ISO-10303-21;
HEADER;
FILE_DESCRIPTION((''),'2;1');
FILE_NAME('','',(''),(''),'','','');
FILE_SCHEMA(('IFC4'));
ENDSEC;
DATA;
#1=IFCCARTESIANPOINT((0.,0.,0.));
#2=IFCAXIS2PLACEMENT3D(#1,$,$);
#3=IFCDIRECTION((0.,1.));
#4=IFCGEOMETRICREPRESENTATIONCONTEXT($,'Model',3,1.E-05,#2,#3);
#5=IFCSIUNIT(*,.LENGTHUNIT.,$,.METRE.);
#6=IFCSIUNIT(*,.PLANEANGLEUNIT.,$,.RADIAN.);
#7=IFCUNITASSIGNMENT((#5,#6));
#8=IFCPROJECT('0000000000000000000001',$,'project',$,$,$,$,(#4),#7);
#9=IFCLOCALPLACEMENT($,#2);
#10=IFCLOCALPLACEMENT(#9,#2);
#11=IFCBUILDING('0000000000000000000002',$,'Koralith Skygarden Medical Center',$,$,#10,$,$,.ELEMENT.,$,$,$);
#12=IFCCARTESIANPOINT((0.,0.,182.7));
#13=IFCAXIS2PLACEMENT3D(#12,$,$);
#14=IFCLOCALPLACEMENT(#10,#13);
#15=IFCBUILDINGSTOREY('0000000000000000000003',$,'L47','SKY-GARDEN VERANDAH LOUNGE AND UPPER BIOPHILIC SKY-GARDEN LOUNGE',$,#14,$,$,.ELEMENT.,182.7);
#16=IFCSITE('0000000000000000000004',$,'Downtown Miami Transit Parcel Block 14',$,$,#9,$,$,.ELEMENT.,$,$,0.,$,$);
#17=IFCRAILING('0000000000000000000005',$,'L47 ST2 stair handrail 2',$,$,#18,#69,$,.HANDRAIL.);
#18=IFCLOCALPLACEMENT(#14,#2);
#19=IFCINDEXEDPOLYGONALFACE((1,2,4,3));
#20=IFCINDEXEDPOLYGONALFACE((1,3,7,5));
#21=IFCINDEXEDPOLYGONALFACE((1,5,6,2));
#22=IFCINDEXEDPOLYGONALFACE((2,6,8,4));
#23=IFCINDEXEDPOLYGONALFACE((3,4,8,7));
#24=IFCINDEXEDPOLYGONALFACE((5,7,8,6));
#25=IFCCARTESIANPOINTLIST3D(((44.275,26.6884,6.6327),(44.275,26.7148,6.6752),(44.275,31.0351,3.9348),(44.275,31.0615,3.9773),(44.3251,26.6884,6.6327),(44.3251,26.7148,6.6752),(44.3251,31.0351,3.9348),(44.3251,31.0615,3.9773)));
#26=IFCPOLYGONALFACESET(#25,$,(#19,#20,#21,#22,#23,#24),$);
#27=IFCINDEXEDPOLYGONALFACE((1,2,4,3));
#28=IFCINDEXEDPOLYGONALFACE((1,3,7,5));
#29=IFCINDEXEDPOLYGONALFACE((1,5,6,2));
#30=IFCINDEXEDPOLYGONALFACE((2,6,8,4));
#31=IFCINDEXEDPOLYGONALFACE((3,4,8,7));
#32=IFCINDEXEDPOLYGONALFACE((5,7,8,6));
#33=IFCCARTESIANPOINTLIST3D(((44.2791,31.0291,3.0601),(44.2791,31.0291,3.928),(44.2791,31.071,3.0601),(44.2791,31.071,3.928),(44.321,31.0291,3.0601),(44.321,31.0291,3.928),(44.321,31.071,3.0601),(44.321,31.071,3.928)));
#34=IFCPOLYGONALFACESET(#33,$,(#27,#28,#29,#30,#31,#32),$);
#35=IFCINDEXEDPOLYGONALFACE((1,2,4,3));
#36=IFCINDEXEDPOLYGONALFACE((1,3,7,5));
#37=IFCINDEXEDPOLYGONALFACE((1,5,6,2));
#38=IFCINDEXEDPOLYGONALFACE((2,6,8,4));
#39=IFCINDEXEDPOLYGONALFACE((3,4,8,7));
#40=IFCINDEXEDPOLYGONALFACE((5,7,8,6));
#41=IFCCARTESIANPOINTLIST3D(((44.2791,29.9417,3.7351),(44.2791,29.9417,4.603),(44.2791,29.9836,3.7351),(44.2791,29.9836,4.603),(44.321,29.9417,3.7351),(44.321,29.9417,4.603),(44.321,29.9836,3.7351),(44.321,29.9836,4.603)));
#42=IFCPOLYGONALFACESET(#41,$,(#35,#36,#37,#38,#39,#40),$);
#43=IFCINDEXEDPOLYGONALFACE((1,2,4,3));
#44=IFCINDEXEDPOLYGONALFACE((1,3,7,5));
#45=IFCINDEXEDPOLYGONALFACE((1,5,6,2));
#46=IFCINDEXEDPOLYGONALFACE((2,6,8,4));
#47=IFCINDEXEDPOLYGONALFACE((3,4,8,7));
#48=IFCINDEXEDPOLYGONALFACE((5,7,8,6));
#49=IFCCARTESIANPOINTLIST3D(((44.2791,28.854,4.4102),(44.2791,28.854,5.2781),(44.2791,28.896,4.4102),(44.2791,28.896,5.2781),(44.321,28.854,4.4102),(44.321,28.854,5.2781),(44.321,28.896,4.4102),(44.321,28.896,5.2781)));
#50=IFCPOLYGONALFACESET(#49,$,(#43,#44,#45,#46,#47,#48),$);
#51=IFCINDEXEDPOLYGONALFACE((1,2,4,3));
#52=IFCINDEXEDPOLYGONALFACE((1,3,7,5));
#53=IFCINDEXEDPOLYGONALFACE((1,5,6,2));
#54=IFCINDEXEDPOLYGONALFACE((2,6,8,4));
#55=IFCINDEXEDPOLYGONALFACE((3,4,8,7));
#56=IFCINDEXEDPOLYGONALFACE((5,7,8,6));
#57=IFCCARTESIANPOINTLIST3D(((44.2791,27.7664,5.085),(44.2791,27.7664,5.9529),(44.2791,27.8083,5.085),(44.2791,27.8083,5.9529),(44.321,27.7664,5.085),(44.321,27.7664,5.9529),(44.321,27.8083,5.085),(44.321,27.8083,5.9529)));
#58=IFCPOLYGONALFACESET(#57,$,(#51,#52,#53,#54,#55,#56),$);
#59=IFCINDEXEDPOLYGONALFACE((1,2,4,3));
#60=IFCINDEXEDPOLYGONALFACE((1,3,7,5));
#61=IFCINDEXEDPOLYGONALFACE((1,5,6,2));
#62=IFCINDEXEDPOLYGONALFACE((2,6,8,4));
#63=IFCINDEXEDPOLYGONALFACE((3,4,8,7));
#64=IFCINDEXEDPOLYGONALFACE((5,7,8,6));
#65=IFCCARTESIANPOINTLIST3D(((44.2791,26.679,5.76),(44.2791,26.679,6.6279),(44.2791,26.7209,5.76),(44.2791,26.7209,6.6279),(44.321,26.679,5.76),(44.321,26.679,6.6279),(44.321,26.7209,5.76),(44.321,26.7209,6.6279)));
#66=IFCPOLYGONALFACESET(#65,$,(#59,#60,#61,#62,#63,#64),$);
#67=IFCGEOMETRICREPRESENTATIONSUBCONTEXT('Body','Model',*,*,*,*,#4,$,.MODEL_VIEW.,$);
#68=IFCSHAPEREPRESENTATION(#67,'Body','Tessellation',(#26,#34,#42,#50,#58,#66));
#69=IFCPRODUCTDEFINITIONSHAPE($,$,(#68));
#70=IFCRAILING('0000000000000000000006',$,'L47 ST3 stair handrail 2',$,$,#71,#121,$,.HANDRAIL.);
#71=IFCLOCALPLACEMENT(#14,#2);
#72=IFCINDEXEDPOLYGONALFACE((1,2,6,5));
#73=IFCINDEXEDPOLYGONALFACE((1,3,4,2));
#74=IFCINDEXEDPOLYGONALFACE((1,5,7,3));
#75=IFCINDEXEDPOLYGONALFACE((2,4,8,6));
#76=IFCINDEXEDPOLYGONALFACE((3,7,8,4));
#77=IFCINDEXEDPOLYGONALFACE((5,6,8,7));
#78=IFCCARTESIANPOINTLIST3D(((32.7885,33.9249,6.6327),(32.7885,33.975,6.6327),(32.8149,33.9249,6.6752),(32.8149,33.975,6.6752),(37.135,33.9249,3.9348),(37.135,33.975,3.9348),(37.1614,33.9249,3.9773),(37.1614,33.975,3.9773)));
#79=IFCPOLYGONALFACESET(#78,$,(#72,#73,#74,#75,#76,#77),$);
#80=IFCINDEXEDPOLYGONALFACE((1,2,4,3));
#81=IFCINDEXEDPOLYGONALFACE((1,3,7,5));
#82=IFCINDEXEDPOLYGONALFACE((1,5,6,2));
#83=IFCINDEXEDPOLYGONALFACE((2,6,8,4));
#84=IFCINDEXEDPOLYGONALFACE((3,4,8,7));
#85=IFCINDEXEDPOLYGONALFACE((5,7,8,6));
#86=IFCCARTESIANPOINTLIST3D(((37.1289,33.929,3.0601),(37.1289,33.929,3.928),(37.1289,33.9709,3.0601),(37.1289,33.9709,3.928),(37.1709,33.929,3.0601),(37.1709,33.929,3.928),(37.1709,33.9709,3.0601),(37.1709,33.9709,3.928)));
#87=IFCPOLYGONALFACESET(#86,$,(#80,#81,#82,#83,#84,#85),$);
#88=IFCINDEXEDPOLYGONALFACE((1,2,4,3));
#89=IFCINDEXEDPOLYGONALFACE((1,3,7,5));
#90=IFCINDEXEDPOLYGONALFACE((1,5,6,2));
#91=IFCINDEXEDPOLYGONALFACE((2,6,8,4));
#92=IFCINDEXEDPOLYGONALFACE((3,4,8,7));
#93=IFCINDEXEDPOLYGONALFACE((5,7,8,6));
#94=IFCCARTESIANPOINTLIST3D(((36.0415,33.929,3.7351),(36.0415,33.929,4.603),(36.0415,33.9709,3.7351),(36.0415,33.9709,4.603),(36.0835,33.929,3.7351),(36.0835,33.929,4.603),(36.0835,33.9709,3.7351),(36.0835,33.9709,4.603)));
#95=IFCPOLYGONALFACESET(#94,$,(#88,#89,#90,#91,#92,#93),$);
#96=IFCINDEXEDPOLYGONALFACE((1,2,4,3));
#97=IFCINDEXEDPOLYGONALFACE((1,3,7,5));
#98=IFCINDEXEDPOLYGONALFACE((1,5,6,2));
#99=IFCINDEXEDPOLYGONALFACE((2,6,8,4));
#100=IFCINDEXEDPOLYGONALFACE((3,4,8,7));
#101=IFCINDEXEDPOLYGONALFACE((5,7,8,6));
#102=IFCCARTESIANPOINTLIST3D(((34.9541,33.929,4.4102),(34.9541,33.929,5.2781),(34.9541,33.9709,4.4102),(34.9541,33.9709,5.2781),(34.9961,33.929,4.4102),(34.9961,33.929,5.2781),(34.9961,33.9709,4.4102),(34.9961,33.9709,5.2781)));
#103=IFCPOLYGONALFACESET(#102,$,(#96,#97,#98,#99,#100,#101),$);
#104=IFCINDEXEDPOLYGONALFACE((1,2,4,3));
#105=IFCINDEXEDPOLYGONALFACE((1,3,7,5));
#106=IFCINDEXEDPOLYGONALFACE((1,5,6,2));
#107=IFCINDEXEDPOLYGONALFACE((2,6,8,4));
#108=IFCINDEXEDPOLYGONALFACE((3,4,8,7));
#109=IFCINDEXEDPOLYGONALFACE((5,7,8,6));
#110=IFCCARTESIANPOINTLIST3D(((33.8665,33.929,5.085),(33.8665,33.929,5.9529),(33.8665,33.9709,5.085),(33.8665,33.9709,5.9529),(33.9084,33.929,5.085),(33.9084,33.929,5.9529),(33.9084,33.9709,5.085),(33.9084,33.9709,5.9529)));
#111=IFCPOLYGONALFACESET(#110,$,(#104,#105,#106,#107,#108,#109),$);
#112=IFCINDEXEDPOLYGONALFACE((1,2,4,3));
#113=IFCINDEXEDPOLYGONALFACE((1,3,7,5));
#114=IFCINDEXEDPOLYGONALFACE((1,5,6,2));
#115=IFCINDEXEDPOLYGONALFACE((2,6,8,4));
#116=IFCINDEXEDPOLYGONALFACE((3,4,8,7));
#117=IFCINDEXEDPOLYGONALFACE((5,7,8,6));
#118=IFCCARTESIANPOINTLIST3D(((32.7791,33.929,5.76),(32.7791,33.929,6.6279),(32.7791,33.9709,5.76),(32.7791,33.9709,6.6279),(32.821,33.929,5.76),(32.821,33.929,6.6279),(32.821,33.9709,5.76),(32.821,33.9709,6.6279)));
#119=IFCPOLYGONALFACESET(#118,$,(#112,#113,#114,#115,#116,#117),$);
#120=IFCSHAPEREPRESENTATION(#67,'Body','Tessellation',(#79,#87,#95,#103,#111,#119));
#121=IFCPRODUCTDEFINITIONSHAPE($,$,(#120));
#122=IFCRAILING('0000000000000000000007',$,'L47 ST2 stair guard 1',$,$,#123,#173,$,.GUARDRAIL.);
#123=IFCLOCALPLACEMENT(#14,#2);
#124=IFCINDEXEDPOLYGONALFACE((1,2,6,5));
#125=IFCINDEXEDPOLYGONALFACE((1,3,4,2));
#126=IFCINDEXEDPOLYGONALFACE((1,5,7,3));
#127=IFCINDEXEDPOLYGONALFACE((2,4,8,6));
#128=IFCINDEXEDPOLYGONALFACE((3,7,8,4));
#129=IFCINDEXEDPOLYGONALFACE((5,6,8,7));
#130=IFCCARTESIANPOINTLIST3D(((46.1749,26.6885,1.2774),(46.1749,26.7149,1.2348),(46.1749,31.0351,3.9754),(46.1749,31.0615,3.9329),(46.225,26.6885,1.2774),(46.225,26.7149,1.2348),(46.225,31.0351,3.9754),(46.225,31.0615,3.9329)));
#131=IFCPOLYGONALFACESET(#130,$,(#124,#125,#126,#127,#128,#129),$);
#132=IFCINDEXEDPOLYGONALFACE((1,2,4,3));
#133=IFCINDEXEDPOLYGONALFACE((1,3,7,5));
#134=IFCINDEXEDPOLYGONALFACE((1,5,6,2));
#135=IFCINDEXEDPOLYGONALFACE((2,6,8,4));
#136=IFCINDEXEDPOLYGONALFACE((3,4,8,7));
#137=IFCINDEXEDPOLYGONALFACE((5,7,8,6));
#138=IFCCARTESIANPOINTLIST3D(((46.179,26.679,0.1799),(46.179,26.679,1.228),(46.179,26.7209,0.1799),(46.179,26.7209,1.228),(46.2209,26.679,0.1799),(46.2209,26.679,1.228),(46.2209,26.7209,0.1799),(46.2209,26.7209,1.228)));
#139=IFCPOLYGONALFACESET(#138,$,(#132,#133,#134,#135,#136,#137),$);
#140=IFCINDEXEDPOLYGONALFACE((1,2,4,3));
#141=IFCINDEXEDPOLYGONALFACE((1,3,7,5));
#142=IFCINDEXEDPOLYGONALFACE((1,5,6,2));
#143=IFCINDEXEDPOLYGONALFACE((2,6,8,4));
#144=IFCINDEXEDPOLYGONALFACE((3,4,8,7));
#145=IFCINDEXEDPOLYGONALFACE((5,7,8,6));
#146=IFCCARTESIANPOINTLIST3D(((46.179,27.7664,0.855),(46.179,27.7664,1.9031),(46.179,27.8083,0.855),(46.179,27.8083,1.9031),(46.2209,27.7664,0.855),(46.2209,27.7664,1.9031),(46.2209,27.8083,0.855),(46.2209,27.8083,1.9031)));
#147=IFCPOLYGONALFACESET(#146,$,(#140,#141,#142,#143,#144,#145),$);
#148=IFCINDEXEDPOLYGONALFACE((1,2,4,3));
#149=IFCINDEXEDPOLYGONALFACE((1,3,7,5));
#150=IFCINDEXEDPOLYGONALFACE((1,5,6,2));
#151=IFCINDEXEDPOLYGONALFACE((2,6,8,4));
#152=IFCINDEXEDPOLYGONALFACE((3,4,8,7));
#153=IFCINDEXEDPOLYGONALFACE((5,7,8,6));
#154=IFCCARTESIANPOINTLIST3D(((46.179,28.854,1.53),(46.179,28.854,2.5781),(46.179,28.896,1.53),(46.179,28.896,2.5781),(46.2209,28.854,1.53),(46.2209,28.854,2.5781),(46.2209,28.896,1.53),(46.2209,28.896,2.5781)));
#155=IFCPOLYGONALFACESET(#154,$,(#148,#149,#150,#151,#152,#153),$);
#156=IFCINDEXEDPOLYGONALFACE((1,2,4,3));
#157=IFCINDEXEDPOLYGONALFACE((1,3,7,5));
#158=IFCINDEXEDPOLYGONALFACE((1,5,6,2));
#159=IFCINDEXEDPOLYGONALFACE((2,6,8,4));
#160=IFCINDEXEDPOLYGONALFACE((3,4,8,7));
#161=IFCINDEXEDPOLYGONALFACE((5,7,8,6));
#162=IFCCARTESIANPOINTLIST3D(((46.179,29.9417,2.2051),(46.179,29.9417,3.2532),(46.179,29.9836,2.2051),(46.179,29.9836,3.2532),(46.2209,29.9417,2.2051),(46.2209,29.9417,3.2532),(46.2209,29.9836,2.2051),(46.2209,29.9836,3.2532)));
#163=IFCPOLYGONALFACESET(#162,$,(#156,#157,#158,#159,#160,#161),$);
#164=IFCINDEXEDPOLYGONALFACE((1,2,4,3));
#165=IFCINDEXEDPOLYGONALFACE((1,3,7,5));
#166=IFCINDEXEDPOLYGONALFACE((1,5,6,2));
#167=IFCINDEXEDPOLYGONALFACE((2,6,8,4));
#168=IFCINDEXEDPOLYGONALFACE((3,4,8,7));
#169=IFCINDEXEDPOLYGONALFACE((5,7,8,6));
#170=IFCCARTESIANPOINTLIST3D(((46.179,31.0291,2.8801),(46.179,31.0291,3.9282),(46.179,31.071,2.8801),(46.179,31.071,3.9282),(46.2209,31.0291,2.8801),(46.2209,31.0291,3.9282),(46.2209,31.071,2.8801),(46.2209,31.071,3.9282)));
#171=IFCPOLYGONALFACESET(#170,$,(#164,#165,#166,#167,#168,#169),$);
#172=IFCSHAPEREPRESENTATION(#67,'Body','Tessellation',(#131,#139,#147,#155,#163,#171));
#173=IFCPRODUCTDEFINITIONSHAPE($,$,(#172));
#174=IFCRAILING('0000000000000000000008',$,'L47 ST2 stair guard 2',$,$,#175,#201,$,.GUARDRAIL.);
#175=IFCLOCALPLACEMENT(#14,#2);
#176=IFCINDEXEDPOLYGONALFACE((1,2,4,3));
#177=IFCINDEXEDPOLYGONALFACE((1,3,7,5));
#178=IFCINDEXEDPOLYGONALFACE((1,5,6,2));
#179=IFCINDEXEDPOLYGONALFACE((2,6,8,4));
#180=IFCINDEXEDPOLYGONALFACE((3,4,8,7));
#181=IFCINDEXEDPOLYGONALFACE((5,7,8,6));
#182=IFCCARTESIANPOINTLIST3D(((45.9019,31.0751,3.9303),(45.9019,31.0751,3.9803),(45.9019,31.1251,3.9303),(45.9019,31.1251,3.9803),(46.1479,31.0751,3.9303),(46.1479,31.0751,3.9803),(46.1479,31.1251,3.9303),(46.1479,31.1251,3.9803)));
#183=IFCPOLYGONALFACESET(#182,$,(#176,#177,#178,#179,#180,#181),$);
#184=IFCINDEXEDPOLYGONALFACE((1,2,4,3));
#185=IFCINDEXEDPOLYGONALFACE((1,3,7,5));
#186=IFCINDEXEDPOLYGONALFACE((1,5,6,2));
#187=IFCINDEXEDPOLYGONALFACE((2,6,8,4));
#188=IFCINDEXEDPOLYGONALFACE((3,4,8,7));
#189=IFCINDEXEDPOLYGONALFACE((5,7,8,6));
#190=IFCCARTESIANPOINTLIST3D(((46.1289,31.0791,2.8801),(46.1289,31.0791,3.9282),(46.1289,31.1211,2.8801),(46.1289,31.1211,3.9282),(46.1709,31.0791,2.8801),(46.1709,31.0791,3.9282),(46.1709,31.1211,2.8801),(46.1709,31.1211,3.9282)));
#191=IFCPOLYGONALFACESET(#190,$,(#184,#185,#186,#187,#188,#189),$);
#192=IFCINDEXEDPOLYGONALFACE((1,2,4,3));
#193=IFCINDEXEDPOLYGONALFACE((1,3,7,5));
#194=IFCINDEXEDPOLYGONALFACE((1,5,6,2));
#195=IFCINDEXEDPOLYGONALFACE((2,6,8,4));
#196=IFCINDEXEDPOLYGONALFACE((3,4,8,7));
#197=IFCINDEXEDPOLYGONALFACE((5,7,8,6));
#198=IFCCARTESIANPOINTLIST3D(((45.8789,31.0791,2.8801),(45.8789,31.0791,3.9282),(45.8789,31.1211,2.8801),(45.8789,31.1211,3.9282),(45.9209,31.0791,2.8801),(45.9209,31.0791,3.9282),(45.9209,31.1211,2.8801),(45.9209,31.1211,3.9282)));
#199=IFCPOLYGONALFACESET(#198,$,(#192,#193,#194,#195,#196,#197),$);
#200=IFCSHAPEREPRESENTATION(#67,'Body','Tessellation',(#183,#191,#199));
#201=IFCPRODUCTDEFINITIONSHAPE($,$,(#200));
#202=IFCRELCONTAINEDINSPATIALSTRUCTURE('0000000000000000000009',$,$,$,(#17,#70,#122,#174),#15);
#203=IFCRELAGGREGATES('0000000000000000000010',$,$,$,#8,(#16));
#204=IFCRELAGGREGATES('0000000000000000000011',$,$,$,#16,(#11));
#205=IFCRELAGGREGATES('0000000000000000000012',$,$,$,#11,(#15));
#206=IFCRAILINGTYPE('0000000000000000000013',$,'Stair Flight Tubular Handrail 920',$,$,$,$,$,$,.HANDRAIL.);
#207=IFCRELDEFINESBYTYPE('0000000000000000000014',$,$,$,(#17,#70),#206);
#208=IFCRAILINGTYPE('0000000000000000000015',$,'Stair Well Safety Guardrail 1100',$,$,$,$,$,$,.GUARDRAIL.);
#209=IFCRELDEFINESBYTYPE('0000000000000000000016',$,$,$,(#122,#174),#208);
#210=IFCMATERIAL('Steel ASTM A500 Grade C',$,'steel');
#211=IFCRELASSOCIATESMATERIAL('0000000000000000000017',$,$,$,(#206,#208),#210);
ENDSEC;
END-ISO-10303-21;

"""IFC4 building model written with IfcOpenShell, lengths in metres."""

from ifc_helpers import new_model, si_unit, direction, frame, origin, origin_2d, place, context, subcontext, project, spatial, rectangle, extrude, material, type_object, element, save


model = new_model("IFC4")

# Units and contexts
model_context = context("Model", 3, precision=1e-05, world=origin(), true_north=direction((0.0, 1.0)))
body_context = subcontext(model_context, "Body", "Model", "MODEL_VIEW")
ifc_project = project(units=[si_unit("LENGTHUNIT", "METRE"), si_unit("PLANEANGLEUNIT", "RADIAN")], contexts=[model_context])

# Site, building, storey
site_placement = place(None, origin())
site = spatial("IfcSite", under=ifc_project, at=site_placement, Name="Downtown Miami Transit Parcel Block 14", CompositionType="ELEMENT", RefElevation=0.0)
building_placement = place(site_placement, origin())
building = spatial("IfcBuilding", under=site, at=building_placement, Name="Koralith Skygarden Medical Center", CompositionType="ELEMENT")
storey_placement = place(building_placement, frame((0.0, 0.0, 182.7)))
storey = spatial("IfcBuildingStorey", under=building, at=storey_placement, Name="L47", Description="SKY-GARDEN VERANDAH LOUNGE AND UPPER BIOPHILIC SKY-GARDEN LOUNGE", CompositionType="ELEMENT", Elevation=182.7)

# Railings
ifc_material_1 = material(Name="Steel ASTM A500 Grade C", Category="steel")
railing_type_1 = type_object("IfcRailingType", Name="Stair Flight Tubular Handrail 920", PredefinedType="HANDRAIL", material=ifc_material_1)
railing_1_placement = place(storey_placement, frame((44.3, 31.05, 3.0601)))
element("IfcRailing", 1, at=railing_1_placement, inside=storey, type_object=railing_type_1, Name="L47 ST2 stair handrail 2", PredefinedType="HANDRAIL", context=body_context, shape_type="SweptSolid", body=[
    extrude(rectangle(XDim=0.05, YDim=0.05, at=origin_2d()), frame((0.0, -0.0017, 0.896), z_axis=(0.0, -0.84965, 0.527347), x_axis=(1.0, 0.0, 0.0)), (0.0, 0.0, 1.0), 5.116),
    extrude(rectangle(XDim=0.042, YDim=0.042, at=origin_2d()), origin(), (0.0, 0.0, 1.0), 0.8679),
    extrude(rectangle(XDim=0.042, YDim=0.042, at=origin_2d()), frame((0.0, -1.0874, 0.675)), (0.0, 0.0, 1.0), 0.8679),
    extrude(rectangle(XDim=0.042, YDim=0.042, at=origin_2d()), frame((0.0, -2.175, 1.3501)), (0.0, 0.0, 1.0), 0.8679),
    extrude(rectangle(XDim=0.042, YDim=0.042, at=origin_2d()), frame((0.0, -3.2627, 2.0249)), (0.0, 0.0, 1.0), 0.8679),
    extrude(rectangle(XDim=0.042, YDim=0.042, at=origin_2d()), frame((0.0, -4.3501, 2.7)), (0.0, 0.0, 1.0), 0.8679),
])
railing_2_placement = place(storey_placement, frame((37.1499, 33.95, 3.0601)))
element("IfcRailing", 2, at=railing_2_placement, inside=storey, type_object=railing_type_1, Name="L47 ST3 stair handrail 2", PredefinedType="HANDRAIL", context=body_context, shape_type="SweptSolid", body=[
    extrude(rectangle(XDim=0.05, YDim=0.05, at=origin_2d()), frame((-0.0017, 0.0, 0.896), z_axis=(-0.849636, 0.0, 0.527369), x_axis=(0.0, -1.0, 0.0)), (0.0, 0.0, 1.0), 5.1157),
    extrude(rectangle(XDim=0.042, YDim=0.042, at=origin_2d()), origin(), (0.0, 0.0, 1.0), 0.8679),
    extrude(rectangle(XDim=0.042, YDim=0.042, at=origin_2d()), frame((-1.0874, 0.0, 0.675)), (0.0, 0.0, 1.0), 0.8679),
    extrude(rectangle(XDim=0.042, YDim=0.042, at=origin_2d()), frame((-2.1748, 0.0, 1.3501)), (0.0, 0.0, 1.0), 0.8679),
    extrude(rectangle(XDim=0.042, YDim=0.042, at=origin_2d()), frame((-3.2625, 0.0, 2.0249)), (0.0, 0.0, 1.0), 0.8679),
    extrude(rectangle(XDim=0.042, YDim=0.042, at=origin_2d()), frame((-4.3499, 0.0, 2.7)), (0.0, 0.0, 1.0), 0.8679),
])
railing_type_2 = type_object("IfcRailingType", Name="Stair Well Safety Guardrail 1100", PredefinedType="GUARDRAIL", material=ifc_material_1)
railing_3_placement = place(storey_placement, frame((46.2, 26.7, 0.1799)))
element("IfcRailing", 3, at=railing_3_placement, inside=storey, type_object=railing_type_2, Name="L47 ST2 stair guard 1", PredefinedType="GUARDRAIL", context=body_context, shape_type="SweptSolid", body=[
    extrude(rectangle(XDim=0.05, YDim=0.05, at=origin_2d()), frame((0.0, 0.0017, 1.0762), z_axis=(0.0, 0.849628, 0.527382), x_axis=(-1.0, 0.0, 0.0)), (0.0, 0.0, 1.0), 5.116),
    extrude(rectangle(XDim=0.042, YDim=0.042, at=origin_2d()), origin(), (0.0, 0.0, 1.0), 1.0481),
    extrude(rectangle(XDim=0.042, YDim=0.042, at=origin_2d()), frame((0.0, 1.0874, 0.675)), (0.0, 0.0, 1.0), 1.0481),
    extrude(rectangle(XDim=0.042, YDim=0.042, at=origin_2d()), frame((0.0, 2.175, 1.3501)), (0.0, 0.0, 1.0), 1.0481),
    extrude(rectangle(XDim=0.042, YDim=0.042, at=origin_2d()), frame((0.0, 3.2627, 2.0251)), (0.0, 0.0, 1.0), 1.0481),
    extrude(rectangle(XDim=0.042, YDim=0.042, at=origin_2d()), frame((0.0, 4.3501, 2.7002)), (0.0, 0.0, 1.0), 1.0481),
])
railing_4_placement = place(storey_placement, frame((46.1499, 31.1001, 2.8801)))
element("IfcRailing", 4, at=railing_4_placement, inside=storey, type_object=railing_type_2, Name="L47 ST2 stair guard 2", PredefinedType="GUARDRAIL", context=body_context, shape_type="SweptSolid", body=[
    extrude(rectangle(XDim=0.05, YDim=0.05, at=origin_2d()), frame((-0.002, 0.0, 1.0752), z_axis=(-1.0, 0.0, 0.0), x_axis=(0.0, -1.0, 0.0)), (0.0, 0.0, 1.0), 0.2461),
    extrude(rectangle(XDim=0.042, YDim=0.042, at=origin_2d()), origin(), (0.0, 0.0, 1.0), 1.0481),
    extrude(rectangle(XDim=0.042, YDim=0.042, at=origin_2d()), frame((-0.25, 0.0, 0.0)), (0.0, 0.0, 1.0), 1.0481),
])

save(model, "model.ifc")
